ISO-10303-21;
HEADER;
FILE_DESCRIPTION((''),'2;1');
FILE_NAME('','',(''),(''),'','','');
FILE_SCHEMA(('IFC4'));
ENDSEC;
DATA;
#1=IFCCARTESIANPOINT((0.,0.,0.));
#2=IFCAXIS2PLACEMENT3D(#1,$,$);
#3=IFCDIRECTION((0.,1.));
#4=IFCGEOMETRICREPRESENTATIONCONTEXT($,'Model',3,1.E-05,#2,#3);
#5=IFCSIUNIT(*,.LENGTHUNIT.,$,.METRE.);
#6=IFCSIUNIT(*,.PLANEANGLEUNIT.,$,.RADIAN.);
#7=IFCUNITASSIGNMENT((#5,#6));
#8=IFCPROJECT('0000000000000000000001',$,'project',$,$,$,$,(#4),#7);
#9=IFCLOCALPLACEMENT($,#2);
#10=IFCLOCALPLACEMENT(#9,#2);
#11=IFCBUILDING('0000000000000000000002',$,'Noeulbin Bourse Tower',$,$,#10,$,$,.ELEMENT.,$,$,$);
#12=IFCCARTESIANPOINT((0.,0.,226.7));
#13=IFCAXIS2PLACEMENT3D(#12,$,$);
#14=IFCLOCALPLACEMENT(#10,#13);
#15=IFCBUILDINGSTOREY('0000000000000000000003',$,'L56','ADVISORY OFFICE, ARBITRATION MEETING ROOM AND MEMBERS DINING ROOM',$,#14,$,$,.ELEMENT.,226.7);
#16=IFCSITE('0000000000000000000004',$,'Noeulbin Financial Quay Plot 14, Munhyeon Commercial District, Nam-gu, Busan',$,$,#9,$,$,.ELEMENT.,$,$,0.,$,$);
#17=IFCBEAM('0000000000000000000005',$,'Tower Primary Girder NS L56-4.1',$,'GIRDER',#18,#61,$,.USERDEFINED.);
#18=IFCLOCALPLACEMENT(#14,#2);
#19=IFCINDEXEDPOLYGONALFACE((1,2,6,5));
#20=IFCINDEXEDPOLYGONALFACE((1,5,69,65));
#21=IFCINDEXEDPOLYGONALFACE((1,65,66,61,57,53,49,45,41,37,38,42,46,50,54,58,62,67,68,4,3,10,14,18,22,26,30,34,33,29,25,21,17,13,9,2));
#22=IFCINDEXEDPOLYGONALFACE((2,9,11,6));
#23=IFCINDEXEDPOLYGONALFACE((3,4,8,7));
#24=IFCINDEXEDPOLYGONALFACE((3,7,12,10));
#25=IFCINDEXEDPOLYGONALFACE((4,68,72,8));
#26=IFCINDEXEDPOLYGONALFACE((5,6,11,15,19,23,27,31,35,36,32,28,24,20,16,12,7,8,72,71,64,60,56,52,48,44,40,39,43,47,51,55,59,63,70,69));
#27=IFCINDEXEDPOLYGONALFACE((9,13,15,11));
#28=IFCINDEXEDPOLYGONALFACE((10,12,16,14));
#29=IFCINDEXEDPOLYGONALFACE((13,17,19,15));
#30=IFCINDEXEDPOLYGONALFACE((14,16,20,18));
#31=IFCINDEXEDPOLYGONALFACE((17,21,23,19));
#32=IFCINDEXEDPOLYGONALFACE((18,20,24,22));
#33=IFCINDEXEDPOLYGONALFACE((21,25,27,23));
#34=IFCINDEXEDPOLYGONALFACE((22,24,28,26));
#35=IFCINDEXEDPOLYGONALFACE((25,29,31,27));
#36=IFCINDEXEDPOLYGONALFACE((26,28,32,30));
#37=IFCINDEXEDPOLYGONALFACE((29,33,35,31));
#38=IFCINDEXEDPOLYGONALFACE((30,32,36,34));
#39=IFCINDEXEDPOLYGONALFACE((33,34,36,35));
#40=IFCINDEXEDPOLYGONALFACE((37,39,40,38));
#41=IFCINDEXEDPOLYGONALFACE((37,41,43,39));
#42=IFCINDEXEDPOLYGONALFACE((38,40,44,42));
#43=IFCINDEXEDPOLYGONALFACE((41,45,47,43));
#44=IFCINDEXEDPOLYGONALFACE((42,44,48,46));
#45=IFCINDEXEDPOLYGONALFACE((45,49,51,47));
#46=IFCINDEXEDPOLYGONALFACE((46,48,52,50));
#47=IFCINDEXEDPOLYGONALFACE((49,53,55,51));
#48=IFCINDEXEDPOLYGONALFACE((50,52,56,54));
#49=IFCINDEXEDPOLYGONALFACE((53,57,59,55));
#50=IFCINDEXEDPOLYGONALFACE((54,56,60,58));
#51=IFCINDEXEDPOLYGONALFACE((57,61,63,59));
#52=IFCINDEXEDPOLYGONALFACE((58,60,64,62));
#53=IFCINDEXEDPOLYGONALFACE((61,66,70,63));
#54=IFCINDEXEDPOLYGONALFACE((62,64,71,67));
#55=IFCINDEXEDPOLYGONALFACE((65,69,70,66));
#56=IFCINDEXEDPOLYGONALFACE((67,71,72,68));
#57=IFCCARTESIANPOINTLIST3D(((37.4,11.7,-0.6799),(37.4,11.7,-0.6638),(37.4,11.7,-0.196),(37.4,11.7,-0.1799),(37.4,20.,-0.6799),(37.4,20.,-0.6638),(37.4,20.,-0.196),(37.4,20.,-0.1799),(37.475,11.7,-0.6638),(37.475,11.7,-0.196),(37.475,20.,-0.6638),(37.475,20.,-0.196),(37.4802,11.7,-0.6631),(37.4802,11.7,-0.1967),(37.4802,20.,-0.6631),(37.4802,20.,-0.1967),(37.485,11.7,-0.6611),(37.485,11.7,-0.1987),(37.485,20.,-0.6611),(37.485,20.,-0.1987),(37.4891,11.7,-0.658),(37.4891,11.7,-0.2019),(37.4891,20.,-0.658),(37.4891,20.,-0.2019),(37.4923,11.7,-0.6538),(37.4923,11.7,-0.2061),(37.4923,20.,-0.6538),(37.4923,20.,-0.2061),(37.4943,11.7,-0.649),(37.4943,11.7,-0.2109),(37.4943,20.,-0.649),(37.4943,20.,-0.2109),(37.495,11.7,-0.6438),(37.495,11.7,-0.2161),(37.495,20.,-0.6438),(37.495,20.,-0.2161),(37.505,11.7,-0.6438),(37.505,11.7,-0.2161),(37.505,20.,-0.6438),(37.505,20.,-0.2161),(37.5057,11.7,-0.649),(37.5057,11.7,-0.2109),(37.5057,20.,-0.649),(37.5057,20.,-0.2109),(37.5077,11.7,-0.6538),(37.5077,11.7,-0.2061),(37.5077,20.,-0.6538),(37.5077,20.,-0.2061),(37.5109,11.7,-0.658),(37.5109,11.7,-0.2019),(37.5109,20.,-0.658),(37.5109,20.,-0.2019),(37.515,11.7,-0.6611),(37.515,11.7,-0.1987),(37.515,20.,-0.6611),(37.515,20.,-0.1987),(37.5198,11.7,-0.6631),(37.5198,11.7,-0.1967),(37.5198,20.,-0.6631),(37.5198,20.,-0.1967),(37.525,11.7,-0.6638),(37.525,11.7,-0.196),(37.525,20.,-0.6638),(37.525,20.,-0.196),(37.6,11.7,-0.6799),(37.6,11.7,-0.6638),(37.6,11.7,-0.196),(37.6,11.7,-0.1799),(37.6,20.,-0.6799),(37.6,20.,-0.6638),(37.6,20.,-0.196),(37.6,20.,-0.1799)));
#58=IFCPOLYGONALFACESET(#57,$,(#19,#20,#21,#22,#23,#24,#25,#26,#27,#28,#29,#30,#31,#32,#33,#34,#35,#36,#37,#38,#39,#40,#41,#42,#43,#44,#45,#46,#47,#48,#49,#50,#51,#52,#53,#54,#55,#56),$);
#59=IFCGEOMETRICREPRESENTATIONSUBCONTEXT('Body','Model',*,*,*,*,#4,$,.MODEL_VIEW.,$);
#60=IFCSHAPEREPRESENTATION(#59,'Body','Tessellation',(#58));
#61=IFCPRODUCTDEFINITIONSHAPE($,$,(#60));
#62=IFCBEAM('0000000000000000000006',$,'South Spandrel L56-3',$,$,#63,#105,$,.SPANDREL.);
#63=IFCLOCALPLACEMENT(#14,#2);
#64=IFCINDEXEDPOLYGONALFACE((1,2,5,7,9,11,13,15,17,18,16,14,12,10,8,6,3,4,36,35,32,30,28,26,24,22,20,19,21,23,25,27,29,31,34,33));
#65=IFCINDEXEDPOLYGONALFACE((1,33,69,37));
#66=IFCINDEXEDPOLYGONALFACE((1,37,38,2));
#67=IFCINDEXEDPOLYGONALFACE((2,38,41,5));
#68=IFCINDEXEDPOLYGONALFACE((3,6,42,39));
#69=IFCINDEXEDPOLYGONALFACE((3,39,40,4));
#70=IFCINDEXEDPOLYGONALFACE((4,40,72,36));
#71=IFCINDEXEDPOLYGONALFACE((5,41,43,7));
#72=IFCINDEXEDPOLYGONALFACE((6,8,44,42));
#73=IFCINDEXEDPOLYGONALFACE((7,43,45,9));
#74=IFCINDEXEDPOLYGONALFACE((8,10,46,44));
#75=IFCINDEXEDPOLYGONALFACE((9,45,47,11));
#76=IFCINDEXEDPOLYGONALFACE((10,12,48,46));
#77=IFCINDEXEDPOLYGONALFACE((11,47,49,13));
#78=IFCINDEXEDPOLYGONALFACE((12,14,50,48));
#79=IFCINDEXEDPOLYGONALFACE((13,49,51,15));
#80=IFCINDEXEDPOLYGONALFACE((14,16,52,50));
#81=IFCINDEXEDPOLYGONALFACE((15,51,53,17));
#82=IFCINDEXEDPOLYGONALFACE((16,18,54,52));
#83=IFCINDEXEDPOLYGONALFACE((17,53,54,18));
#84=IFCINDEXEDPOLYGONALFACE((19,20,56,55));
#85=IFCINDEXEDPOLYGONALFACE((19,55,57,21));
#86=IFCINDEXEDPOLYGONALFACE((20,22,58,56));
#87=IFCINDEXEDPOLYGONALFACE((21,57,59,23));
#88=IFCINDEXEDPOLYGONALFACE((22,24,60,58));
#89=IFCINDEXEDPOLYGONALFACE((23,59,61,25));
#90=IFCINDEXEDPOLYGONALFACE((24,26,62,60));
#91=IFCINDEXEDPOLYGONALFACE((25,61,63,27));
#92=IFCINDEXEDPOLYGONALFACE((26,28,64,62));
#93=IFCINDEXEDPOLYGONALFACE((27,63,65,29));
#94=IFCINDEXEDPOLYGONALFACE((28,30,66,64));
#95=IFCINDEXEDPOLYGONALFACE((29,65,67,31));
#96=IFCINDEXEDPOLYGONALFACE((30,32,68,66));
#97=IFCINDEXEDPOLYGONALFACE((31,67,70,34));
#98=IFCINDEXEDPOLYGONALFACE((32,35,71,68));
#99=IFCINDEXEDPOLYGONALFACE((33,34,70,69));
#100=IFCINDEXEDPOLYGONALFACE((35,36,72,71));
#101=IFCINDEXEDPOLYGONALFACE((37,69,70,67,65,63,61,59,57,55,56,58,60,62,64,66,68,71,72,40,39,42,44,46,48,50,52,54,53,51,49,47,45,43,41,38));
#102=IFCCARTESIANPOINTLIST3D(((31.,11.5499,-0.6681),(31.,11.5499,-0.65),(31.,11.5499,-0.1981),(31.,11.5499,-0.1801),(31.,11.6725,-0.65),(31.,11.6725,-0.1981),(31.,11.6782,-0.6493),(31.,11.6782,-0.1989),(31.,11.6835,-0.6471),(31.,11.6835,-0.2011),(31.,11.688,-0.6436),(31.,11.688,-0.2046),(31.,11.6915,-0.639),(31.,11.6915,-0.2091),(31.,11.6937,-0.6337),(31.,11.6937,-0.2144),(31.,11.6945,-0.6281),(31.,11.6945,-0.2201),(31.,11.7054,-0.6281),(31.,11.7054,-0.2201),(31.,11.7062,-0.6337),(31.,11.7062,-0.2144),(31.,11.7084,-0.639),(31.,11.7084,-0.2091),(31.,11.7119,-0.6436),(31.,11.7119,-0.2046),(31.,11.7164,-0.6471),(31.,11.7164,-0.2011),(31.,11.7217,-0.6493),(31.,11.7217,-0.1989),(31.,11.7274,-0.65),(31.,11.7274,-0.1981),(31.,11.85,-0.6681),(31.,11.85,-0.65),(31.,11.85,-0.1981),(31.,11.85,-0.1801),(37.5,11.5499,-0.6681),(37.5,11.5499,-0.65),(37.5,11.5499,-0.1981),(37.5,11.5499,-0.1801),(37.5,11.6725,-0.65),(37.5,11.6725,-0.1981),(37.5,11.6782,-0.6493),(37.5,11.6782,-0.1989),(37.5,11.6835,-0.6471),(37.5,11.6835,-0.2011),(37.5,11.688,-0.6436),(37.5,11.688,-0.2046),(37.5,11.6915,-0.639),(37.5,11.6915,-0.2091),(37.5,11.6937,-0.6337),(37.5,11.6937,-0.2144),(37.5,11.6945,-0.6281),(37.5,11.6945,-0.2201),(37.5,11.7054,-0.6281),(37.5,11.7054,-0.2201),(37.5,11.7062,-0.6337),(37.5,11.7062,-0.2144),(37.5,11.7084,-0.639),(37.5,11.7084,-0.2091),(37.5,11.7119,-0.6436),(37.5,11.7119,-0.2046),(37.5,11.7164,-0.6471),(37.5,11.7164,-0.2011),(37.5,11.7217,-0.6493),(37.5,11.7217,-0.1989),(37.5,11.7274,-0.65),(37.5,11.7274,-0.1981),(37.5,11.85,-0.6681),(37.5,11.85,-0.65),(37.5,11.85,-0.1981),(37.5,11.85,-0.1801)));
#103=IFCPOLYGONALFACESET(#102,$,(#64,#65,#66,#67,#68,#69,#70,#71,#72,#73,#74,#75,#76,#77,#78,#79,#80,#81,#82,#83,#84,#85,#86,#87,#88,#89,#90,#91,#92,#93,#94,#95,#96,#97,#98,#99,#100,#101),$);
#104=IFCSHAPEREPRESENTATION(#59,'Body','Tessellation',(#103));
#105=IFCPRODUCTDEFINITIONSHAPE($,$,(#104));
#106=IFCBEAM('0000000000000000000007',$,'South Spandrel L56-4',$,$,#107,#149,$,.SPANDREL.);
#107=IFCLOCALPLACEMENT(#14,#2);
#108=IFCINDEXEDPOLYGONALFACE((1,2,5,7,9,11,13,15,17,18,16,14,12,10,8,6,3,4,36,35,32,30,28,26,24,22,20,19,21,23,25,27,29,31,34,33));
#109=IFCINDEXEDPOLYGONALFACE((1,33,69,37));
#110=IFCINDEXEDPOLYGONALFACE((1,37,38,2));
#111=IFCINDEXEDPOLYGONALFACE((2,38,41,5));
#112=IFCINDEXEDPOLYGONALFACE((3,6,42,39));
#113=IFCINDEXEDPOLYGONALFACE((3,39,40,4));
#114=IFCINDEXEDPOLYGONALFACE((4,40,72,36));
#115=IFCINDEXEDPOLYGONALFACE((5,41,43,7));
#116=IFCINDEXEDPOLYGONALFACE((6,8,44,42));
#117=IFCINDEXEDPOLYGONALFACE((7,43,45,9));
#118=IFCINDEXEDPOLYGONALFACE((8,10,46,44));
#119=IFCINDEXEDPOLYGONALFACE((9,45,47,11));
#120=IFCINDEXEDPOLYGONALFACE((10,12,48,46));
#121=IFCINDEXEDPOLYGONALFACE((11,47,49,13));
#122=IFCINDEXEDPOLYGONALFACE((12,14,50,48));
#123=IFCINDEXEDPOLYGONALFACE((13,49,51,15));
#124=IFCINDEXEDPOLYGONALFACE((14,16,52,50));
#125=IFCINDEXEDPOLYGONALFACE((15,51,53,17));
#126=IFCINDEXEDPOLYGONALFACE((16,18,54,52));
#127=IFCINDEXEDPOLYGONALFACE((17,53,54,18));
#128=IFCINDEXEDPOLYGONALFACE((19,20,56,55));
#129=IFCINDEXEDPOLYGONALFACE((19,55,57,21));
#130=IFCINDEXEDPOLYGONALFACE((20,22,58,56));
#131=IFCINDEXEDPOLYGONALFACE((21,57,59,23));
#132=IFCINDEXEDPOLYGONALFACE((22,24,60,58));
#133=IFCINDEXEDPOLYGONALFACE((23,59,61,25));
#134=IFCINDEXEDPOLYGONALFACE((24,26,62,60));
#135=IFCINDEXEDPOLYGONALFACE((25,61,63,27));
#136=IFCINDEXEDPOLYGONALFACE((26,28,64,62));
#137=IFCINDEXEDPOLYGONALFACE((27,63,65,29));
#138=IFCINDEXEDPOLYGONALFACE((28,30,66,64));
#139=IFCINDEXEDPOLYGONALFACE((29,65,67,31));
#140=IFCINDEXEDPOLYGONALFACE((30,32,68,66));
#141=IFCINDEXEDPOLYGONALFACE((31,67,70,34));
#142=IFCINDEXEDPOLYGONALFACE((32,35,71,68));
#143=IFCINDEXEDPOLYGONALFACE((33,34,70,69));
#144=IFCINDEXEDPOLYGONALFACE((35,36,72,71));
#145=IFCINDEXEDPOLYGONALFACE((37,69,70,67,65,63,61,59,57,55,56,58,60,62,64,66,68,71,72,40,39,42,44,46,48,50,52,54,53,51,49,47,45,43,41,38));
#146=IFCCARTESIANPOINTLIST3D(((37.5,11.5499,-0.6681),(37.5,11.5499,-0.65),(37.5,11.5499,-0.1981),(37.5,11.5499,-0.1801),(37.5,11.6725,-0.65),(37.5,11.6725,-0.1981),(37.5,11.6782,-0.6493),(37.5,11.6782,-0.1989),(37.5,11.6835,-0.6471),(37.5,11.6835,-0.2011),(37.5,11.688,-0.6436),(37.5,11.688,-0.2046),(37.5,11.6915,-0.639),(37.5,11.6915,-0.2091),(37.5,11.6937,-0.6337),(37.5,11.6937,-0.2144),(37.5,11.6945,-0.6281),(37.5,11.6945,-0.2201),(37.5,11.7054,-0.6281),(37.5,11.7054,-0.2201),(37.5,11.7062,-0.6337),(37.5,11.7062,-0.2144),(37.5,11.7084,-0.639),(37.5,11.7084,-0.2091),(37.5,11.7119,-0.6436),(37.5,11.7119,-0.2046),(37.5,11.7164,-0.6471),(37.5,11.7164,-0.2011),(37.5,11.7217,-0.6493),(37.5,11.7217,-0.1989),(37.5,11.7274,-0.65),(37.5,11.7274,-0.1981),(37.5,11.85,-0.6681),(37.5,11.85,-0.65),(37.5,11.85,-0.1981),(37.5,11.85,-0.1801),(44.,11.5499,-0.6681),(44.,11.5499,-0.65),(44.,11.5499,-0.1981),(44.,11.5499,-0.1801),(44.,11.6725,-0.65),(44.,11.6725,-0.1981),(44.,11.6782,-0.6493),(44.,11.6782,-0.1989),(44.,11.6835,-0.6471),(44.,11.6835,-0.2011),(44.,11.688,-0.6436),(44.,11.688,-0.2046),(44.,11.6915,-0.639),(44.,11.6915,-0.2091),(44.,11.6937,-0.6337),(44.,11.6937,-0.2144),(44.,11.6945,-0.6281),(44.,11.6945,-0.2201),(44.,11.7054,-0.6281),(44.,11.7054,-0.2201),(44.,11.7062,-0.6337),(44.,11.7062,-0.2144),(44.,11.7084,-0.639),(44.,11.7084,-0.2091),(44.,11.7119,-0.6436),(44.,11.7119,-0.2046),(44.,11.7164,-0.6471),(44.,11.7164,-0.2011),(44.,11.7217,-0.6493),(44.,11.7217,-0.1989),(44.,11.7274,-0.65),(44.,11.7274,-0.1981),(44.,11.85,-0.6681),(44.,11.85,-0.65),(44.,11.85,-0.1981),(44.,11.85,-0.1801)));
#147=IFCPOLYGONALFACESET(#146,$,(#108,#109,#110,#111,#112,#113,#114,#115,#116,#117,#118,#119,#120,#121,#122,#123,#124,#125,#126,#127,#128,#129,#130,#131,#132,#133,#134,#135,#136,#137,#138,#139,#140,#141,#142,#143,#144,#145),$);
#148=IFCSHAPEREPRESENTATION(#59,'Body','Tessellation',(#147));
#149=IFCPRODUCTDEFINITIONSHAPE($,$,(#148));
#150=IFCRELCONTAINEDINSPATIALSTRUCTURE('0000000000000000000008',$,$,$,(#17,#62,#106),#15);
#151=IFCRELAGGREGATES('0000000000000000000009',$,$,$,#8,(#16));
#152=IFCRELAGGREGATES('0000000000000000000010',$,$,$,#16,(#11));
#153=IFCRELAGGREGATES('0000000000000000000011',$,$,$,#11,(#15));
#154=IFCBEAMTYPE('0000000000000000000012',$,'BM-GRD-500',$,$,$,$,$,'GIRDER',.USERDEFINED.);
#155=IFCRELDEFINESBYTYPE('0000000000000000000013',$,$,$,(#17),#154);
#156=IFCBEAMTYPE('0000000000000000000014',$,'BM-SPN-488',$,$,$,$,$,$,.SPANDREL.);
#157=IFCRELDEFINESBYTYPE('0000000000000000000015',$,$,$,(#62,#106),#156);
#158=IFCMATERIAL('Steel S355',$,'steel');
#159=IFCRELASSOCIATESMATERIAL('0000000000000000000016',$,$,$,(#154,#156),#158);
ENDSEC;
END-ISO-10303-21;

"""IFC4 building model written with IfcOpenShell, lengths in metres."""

from ifc_helpers import new_model, si_unit, direction, frame, origin, origin_2d, place, context, subcontext, project, spatial, i_section, extrude, material, material_profile, profile_set, type_object, element, save


model = new_model("IFC4")

# Units and contexts
model_context = context("Model", 3, precision=1e-05, world=origin(), true_north=direction((0.0, 1.0)))
body_context = subcontext(model_context, "Body", "Model", "MODEL_VIEW")
ifc_project = project(units=[si_unit("LENGTHUNIT", "METRE"), si_unit("PLANEANGLEUNIT", "RADIAN")], contexts=[model_context])

# Site, building, storey
site_placement = place(None, origin())
site = spatial("IfcSite", under=ifc_project, at=site_placement, Name="Noeulbin Financial Quay Plot 14, Munhyeon Commercial District, Nam-gu, Busan", CompositionType="ELEMENT", RefElevation=0.0)
building_placement = place(site_placement, origin())
building = spatial("IfcBuilding", under=site, at=building_placement, Name="Noeulbin Bourse Tower", CompositionType="ELEMENT")
storey_placement = place(building_placement, frame((0.0, 0.0, 226.7)))
storey = spatial("IfcBuildingStorey", under=building, at=storey_placement, Name="L56", Description="ADVISORY OFFICE, ARBITRATION MEETING ROOM AND MEMBERS DINING ROOM", CompositionType="ELEMENT", Elevation=226.7)

# Shared definitions
ifc_material_1 = material(Name="Steel S355", Category="steel")

# Beams
ifc_material_profile_1 = material_profile(ifc_material_1, i_section(OverallWidth=0.2, OverallDepth=0.5, WebThickness=0.01, FlangeThickness=0.0161, FilletRadius=0.02, at=origin_2d()), Name="H-500x200x10x16", Category="LoadBearing")
ifc_profile_set_1 = profile_set([ifc_material_profile_1], Name="Steel S355")
beam_type_1 = type_object("IfcBeamType", Name="BM-GRD-500", ElementType="GIRDER", PredefinedType="USERDEFINED", material=ifc_profile_set_1)
for number, where, z_axis, x_axis, name in (
    (1, (37.5, 11.7, -0.4299), (0.0, 1.0, 0.0), (-1.0, 0.0, 0.0), "Tower Primary Girder NS L56-4.1"),
):
    element("IfcBeam", number, at=place(storey_placement, frame(where, z_axis=z_axis, x_axis=x_axis)), inside=storey, type_object=beam_type_1, Name=name, ObjectType="GIRDER", PredefinedType="USERDEFINED", context=body_context, shape_type="SweptSolid", body=[
        extrude(i_section(OverallWidth=0.2, OverallDepth=0.5, WebThickness=0.01, FlangeThickness=0.0161, FilletRadius=0.02, at=origin_2d()), origin(), (0.0, 0.0, 1.0), 8.3),
    ])
ifc_material_profile_2 = material_profile(ifc_material_1, i_section(OverallWidth=0.3, OverallDepth=0.488, WebThickness=0.011, FlangeThickness=0.0181, FilletRadius=0.022, at=origin_2d()), Name="H-488x300x11x18", Category="LoadBearing")
ifc_profile_set_2 = profile_set([ifc_material_profile_2], Name="Steel S355")
beam_type_2 = type_object("IfcBeamType", Name="BM-SPN-488", PredefinedType="SPANDREL", material=ifc_profile_set_2)
for number, where, z_axis, x_axis, name in (
    (2, (31.0, 11.7, -0.4241), (1.0, 0.0, 0.0), (0.0, 1.0, 0.0), "South Spandrel L56-3"),
    (3, (37.5, 11.7, -0.4241), (1.0, 0.0, 0.0), (0.0, 1.0, 0.0), "South Spandrel L56-4"),
):
    element("IfcBeam", number, at=place(storey_placement, frame(where, z_axis=z_axis, x_axis=x_axis)), inside=storey, type_object=beam_type_2, Name=name, PredefinedType="SPANDREL", context=body_context, shape_type="SweptSolid", body=[
        extrude(i_section(OverallWidth=0.3, OverallDepth=0.488, WebThickness=0.011, FlangeThickness=0.0181, FilletRadius=0.022, at=origin_2d()), origin(), (0.0, 0.0, 1.0), 6.5),
    ])

save(model, "model.ifc")
